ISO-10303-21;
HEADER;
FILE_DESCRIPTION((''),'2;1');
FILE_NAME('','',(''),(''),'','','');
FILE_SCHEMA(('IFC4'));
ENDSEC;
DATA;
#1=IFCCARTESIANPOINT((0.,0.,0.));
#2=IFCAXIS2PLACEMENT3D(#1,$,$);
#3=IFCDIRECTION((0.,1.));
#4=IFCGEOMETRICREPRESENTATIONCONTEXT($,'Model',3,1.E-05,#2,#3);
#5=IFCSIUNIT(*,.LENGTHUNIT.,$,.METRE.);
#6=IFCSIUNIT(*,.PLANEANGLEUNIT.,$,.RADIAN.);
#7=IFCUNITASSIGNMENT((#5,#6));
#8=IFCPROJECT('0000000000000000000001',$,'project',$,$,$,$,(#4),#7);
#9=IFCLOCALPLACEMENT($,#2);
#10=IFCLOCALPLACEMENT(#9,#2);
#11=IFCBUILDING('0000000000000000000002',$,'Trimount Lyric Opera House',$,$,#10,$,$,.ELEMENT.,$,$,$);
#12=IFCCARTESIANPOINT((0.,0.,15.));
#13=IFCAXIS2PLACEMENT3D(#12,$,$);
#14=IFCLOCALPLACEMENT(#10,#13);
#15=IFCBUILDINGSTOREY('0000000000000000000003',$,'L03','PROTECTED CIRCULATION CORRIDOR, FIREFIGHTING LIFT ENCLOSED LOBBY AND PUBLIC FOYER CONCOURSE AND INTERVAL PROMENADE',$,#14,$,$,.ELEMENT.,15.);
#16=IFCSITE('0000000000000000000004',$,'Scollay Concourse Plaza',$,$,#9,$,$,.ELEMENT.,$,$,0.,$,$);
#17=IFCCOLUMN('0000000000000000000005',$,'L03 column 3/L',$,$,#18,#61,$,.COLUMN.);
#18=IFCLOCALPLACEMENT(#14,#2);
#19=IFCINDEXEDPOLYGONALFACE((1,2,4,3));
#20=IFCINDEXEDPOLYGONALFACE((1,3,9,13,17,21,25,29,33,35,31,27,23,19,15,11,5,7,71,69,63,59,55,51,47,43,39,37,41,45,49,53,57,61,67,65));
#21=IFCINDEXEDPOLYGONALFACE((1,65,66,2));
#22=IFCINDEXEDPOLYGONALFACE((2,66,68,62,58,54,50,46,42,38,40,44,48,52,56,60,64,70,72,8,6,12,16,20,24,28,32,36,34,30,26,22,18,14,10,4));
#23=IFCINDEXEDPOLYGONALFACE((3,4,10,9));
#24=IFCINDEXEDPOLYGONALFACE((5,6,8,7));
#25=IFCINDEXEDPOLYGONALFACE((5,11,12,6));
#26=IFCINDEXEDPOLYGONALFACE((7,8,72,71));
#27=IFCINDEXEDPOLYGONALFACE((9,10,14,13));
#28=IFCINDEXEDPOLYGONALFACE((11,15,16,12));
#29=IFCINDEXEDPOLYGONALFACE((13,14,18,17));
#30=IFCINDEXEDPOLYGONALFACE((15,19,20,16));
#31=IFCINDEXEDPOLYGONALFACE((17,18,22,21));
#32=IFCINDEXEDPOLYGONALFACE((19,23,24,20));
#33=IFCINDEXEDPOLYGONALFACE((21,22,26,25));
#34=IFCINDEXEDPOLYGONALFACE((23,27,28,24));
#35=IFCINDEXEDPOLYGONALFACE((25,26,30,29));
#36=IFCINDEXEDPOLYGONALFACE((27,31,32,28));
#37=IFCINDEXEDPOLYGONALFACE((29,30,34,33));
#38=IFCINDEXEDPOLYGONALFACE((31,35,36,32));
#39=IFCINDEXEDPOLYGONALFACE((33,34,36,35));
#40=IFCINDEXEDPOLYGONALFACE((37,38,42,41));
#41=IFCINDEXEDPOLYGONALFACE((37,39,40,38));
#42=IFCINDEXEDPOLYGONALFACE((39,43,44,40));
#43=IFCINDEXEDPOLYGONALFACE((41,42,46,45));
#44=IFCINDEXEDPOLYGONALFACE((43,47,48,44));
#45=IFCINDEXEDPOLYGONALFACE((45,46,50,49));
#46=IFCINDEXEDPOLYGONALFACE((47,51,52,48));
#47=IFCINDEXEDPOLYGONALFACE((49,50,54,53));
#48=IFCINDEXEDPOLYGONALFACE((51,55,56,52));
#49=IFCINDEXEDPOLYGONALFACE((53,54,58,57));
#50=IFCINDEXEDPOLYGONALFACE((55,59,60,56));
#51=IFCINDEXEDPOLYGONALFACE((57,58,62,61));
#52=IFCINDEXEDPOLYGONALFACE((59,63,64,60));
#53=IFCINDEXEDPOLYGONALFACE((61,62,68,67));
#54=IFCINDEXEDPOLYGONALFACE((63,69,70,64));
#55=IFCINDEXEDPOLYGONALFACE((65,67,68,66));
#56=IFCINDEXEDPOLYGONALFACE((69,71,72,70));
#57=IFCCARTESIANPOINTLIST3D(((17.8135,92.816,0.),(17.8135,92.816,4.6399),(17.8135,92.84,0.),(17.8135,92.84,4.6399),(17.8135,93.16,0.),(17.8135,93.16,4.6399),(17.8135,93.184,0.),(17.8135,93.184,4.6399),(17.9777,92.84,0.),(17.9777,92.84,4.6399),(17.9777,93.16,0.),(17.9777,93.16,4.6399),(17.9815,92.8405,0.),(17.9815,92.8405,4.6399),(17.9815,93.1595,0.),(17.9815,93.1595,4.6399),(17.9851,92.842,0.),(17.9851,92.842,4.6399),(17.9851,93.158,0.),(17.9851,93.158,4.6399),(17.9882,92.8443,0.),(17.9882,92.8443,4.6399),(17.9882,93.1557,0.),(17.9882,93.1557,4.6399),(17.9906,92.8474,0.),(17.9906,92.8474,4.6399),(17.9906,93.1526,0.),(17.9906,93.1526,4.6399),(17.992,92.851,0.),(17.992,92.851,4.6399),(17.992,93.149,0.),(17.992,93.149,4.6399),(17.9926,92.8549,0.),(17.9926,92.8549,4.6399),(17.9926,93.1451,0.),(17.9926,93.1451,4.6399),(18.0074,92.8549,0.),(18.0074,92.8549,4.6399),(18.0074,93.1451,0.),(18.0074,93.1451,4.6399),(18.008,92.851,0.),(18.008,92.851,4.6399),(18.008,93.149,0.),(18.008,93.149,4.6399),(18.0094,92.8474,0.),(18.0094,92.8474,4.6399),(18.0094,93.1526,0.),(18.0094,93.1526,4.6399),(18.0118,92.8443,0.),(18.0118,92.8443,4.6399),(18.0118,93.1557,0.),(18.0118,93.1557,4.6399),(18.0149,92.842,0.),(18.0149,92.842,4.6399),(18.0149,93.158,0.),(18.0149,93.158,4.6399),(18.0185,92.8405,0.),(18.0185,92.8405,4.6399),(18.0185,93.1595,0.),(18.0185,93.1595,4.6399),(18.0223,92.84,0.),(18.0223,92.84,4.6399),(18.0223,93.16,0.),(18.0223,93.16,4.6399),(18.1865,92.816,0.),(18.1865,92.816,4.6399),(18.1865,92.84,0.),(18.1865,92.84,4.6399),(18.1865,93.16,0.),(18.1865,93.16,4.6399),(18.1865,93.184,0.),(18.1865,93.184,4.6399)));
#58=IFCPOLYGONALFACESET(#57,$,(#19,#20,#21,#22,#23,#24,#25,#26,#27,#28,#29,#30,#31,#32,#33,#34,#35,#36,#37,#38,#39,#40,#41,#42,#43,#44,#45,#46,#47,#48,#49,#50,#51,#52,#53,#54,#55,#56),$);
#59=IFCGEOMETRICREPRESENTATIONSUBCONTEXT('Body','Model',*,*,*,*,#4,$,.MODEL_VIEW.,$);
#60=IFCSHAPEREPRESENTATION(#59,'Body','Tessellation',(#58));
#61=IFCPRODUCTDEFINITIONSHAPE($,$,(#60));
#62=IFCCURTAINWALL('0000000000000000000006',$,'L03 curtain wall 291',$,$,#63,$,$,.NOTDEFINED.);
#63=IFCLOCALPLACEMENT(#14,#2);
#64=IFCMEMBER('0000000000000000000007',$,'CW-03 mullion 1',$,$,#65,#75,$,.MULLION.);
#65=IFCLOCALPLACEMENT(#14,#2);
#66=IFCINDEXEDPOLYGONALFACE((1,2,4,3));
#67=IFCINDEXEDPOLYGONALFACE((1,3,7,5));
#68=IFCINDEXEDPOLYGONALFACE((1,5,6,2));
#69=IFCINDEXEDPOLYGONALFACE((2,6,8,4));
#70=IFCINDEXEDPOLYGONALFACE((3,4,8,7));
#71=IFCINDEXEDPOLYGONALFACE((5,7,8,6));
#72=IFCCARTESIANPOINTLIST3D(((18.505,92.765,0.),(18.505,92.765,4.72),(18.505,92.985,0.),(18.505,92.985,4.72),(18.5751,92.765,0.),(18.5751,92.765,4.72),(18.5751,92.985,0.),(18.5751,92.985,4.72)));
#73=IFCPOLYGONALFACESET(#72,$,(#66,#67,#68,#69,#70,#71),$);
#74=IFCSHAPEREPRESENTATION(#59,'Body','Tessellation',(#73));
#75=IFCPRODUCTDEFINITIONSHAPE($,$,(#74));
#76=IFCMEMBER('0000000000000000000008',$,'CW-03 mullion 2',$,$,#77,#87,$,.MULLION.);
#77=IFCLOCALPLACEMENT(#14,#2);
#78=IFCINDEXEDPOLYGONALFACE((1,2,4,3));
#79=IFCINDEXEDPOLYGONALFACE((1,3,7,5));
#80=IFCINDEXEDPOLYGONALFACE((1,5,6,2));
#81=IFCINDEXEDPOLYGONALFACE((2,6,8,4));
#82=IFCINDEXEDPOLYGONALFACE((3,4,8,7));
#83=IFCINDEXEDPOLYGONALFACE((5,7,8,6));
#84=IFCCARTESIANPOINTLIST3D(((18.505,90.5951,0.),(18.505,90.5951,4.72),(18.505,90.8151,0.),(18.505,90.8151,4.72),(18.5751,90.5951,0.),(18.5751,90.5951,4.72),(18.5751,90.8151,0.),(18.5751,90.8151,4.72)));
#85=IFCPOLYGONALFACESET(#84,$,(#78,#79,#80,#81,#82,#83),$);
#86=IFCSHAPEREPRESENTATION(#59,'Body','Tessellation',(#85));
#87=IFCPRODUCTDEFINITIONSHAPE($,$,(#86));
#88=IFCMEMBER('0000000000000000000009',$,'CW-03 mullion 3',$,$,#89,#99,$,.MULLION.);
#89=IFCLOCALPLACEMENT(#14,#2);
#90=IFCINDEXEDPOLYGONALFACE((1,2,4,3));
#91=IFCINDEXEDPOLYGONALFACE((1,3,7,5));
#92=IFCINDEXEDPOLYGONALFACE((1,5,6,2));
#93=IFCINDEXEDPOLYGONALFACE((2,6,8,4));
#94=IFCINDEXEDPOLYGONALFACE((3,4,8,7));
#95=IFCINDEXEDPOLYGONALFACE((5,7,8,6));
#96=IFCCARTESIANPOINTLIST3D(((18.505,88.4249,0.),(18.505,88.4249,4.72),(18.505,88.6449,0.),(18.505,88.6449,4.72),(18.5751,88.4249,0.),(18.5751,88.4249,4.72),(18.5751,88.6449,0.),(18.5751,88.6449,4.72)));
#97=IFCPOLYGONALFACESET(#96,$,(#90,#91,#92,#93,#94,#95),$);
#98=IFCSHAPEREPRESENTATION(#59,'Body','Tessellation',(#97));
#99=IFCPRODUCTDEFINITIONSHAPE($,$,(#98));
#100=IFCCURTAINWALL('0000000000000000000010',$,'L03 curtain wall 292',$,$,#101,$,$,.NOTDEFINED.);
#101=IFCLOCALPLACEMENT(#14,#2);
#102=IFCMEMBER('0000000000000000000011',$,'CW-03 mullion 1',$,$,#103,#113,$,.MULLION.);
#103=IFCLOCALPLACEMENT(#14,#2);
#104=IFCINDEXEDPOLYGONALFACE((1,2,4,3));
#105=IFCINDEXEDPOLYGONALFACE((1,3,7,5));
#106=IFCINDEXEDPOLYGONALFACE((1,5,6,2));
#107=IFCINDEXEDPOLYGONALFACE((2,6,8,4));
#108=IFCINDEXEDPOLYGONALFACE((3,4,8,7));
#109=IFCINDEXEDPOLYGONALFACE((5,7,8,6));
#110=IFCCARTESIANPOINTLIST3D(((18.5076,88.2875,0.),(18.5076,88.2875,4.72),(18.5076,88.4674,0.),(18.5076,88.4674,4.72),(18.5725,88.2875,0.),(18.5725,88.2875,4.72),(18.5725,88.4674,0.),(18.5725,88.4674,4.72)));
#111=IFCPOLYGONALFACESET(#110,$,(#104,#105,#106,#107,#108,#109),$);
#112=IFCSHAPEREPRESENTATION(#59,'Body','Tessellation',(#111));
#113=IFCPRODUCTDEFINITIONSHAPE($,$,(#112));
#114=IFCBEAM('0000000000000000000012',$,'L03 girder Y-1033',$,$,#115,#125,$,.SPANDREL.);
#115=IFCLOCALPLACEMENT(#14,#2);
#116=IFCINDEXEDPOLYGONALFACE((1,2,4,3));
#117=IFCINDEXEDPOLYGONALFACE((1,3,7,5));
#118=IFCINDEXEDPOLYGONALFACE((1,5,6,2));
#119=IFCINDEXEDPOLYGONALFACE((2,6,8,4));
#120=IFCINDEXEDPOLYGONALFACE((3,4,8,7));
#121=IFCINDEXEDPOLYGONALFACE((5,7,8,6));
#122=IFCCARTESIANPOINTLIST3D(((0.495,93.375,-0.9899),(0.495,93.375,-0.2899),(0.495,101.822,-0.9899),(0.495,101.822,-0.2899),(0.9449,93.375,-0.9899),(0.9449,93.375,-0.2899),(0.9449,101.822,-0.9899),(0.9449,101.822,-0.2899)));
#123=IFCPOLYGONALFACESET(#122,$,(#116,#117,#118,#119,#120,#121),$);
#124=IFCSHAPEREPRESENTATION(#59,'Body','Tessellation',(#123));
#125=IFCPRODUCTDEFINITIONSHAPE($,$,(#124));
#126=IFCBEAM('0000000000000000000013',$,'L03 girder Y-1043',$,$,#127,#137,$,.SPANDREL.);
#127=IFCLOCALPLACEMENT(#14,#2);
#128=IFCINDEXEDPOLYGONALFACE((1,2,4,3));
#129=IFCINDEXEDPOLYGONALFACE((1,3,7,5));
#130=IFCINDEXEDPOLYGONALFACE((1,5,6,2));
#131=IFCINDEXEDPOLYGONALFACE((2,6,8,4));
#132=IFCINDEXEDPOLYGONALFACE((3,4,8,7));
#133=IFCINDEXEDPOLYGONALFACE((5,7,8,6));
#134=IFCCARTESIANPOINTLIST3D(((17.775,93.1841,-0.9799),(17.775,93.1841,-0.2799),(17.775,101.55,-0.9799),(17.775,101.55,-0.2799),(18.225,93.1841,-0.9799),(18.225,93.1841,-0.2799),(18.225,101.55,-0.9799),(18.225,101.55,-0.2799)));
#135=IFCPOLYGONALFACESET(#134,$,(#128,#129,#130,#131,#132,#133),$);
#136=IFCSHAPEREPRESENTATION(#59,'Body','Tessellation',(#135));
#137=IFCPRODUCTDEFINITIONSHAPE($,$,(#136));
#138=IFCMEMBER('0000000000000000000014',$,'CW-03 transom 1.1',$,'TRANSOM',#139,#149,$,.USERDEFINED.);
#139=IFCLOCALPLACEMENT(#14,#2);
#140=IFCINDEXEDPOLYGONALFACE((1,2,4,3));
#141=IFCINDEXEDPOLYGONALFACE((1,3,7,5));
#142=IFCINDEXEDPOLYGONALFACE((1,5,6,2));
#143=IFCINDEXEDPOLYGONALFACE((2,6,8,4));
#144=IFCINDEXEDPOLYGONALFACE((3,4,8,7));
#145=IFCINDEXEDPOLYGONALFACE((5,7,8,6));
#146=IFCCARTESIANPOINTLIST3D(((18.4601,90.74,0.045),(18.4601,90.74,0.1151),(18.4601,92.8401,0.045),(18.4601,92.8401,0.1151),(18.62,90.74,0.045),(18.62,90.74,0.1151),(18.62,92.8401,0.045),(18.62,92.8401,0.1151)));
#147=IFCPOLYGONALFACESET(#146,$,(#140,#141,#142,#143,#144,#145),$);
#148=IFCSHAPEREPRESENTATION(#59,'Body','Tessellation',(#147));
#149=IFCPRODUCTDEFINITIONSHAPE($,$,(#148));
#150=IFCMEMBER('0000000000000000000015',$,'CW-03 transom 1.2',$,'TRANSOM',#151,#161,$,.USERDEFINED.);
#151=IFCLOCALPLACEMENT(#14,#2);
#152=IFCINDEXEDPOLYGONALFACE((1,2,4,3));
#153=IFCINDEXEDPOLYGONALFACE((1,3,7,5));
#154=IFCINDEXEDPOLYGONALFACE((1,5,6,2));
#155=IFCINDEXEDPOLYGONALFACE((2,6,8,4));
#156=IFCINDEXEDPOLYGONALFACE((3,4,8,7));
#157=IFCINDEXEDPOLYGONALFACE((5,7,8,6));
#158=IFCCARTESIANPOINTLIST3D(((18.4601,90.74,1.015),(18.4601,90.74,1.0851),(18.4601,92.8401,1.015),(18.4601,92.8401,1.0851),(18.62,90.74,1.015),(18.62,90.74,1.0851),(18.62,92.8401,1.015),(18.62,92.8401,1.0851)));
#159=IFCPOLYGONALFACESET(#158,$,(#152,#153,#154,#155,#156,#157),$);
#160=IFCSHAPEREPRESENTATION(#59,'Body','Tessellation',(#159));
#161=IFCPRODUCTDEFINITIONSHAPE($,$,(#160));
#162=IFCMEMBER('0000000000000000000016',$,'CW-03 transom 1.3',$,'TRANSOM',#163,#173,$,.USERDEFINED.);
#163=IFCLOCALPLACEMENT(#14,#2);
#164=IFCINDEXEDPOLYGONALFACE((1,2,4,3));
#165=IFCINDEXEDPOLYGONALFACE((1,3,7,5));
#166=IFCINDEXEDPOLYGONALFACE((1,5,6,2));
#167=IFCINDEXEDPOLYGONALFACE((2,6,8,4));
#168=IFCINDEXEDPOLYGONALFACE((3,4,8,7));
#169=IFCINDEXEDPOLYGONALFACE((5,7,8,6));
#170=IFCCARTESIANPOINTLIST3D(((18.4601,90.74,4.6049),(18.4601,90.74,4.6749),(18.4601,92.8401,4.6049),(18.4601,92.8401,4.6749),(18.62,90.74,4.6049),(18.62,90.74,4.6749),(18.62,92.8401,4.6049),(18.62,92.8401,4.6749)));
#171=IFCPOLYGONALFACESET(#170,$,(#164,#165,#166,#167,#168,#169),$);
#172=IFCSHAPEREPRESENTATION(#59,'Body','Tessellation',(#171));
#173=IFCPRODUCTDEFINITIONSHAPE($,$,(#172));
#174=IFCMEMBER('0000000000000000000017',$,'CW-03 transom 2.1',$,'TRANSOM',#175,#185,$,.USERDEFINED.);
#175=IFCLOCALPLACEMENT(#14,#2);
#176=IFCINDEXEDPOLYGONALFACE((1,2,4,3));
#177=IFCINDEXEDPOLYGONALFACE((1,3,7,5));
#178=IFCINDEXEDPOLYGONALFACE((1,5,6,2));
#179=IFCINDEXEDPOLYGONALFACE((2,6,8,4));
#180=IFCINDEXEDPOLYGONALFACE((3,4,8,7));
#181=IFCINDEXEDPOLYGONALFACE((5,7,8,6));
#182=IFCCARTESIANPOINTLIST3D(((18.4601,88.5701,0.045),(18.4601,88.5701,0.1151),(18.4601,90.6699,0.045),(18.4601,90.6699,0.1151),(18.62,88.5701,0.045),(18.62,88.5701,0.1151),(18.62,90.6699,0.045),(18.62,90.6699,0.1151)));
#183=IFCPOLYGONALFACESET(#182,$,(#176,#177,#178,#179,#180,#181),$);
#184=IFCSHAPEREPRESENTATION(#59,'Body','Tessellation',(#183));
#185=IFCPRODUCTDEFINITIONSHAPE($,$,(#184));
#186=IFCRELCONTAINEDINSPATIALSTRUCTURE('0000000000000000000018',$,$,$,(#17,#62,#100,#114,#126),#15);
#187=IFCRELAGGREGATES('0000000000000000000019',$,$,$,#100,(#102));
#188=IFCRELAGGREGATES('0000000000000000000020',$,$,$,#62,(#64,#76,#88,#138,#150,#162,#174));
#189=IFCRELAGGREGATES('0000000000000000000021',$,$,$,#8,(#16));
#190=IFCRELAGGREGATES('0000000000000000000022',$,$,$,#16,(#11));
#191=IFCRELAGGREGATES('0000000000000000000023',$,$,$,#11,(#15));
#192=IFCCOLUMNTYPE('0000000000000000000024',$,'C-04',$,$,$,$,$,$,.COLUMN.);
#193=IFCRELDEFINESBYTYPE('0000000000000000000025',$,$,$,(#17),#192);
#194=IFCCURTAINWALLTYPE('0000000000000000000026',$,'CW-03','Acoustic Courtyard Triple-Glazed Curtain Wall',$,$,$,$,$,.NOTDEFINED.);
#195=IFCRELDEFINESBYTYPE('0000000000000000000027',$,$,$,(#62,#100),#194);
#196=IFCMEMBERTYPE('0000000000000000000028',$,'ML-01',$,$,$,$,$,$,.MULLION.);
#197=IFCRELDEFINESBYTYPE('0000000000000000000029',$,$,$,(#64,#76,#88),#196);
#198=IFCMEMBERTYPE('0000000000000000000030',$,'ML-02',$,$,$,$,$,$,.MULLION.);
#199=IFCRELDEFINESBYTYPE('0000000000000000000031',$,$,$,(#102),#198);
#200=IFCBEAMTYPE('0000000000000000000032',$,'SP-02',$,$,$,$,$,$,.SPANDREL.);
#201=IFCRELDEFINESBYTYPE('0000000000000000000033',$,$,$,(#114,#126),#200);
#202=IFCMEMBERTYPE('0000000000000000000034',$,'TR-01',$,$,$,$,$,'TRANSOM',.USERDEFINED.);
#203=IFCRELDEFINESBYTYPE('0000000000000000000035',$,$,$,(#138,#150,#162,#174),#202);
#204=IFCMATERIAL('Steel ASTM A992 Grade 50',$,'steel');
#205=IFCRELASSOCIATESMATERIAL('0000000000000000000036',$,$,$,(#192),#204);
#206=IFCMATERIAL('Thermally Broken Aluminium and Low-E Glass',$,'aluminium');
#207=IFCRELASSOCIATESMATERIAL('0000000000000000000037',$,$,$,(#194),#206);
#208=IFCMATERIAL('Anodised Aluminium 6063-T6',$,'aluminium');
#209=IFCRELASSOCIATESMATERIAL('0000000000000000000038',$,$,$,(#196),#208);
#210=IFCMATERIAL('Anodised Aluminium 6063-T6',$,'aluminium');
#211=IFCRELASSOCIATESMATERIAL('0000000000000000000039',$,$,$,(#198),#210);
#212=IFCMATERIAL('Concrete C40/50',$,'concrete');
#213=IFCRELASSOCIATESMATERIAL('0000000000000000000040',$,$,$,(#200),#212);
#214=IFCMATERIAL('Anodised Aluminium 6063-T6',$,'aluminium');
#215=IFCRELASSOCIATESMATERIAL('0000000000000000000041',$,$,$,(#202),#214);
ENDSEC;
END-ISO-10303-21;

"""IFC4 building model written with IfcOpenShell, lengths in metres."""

from ifc_helpers import new_model, si_unit, direction, frame, origin, origin_2d, place, context, subcontext, project, spatial, rectangle, i_section, extrude, material, material_profile, profile_set, type_object, element, aggregate, save


model = new_model("IFC4")

# Units and contexts
model_context = context("Model", 3, precision=1e-05, world=origin(), true_north=direction((0.0, 1.0)))
body_context = subcontext(model_context, "Body", "Model", "MODEL_VIEW")
ifc_project = project(units=[si_unit("LENGTHUNIT", "METRE"), si_unit("PLANEANGLEUNIT", "RADIAN")], contexts=[model_context])

# Site, building, storey
site_placement = place(None, origin())
site = spatial("IfcSite", under=ifc_project, at=site_placement, Name="Scollay Concourse Plaza", CompositionType="ELEMENT", RefElevation=0.0)
building_placement = place(site_placement, origin())
building = spatial("IfcBuilding", under=site, at=building_placement, Name="Trimount Lyric Opera House", CompositionType="ELEMENT")
storey_placement = place(building_placement, frame((0.0, 0.0, 15.0)))
storey = spatial("IfcBuildingStorey", under=building, at=storey_placement, Name="L03", Description="PROTECTED CIRCULATION CORRIDOR, FIREFIGHTING LIFT ENCLOSED LOBBY AND PUBLIC FOYER CONCOURSE AND INTERVAL PROMENADE", CompositionType="ELEMENT", Elevation=15.0)

# Column
ifc_material_1 = material(Name="Steel ASTM A992 Grade 50", Category="steel")
ifc_material_profile_1 = material_profile(ifc_material_1, i_section(OverallWidth=0.373, OverallDepth=0.3679, WebThickness=0.0149, FlangeThickness=0.0239, FilletRadius=0.0149, at=origin_2d()), Name="W14X120")
ifc_profile_set_1 = profile_set([ifc_material_profile_1], Name="Steel ASTM A992 Grade 50")
column_type = type_object("IfcColumnType", Name="C-04", PredefinedType="COLUMN", material=ifc_profile_set_1)
column_placement = place(storey_placement, frame((18.0, 93.0, 0.0), z_axis=(0.0, 0.0, 1.0), x_axis=(1.0, 0.0, 0.0)))
element("IfcColumn", 1, at=column_placement, inside=storey, type_object=column_type, Name="L03 column 3/L", PredefinedType="COLUMN", context=body_context, shape_type="SweptSolid", body=[
    extrude(i_section(OverallWidth=0.373, OverallDepth=0.3679, WebThickness=0.0149, FlangeThickness=0.0239, FilletRadius=0.0149, at=origin_2d()), origin(), (0.0, 0.0, 1.0), 4.6399),
])

# Curtain wall, members
ifc_material_2 = material(Name="Thermally Broken Aluminium and Low-E Glass", Category="aluminium")
curtain_wall_type = type_object("IfcCurtainWallType", Name="CW-03", Description="Acoustic Courtyard Triple-Glazed Curtain Wall", PredefinedType="NOTDEFINED", material=ifc_material_2)
curtain_wall_1_placement = place(storey_placement, origin())
curtain_wall_1 = element("IfcCurtainWall", 2, at=curtain_wall_1_placement, inside=storey, type_object=curtain_wall_type, Name="L03 curtain wall 291", PredefinedType="NOTDEFINED")
ifc_material_3 = material(Name="Anodised Aluminium 6063-T6", Category="aluminium")
ifc_material_profile_2 = material_profile(ifc_material_3, rectangle(XDim=0.0701, YDim=0.22, at=origin_2d()), Name="ALU-MULL-70X220")
ifc_profile_set_2 = profile_set([ifc_material_profile_2], Name="Anodised Aluminium 6063-T6")
member_type_1 = type_object("IfcMemberType", Name="ML-01", PredefinedType="MULLION", material=ifc_profile_set_2)
member_1_placement = place(storey_placement, frame((18.54, 92.875, 0.0), z_axis=(0.0, 0.0, 1.0), x_axis=(1.0, 0.0, 0.0)))
member_1 = element("IfcMember", 3, at=member_1_placement, type_object=member_type_1, Name="CW-03 mullion 1", PredefinedType="MULLION", context=body_context, shape_type="SweptSolid", body=[
    extrude(rectangle(XDim=0.0701, YDim=0.22, at=origin_2d()), origin(), (0.0, 0.0, 1.0), 4.72),
])
member_2_placement = place(storey_placement, frame((18.54, 90.7051, 0.0), z_axis=(0.0, 0.0, 1.0), x_axis=(1.0, 0.0, 0.0)))
member_2 = element("IfcMember", 4, at=member_2_placement, type_object=member_type_1, Name="CW-03 mullion 2", PredefinedType="MULLION", context=body_context, shape_type="SweptSolid", body=[
    extrude(rectangle(XDim=0.0701, YDim=0.22, at=origin_2d()), origin(), (0.0, 0.0, 1.0), 4.72),
])
member_3_placement = place(storey_placement, frame((18.54, 88.5349, 0.0), z_axis=(0.0, 0.0, 1.0), x_axis=(1.0, 0.0, 0.0)))
member_3 = element("IfcMember", 5, at=member_3_placement, type_object=member_type_1, Name="CW-03 mullion 3", PredefinedType="MULLION", context=body_context, shape_type="SweptSolid", body=[
    extrude(rectangle(XDim=0.0701, YDim=0.22, at=origin_2d()), origin(), (0.0, 0.0, 1.0), 4.72),
])

# Curtain wall, member
curtain_wall_2_placement = place(storey_placement, origin())
curtain_wall_2 = element("IfcCurtainWall", 6, at=curtain_wall_2_placement, inside=storey, type_object=curtain_wall_type, Name="L03 curtain wall 292", PredefinedType="NOTDEFINED")
ifc_material_4 = material(Name="Anodised Aluminium 6063-T6", Category="aluminium")
ifc_material_profile_3 = material_profile(ifc_material_4, rectangle(XDim=0.0649, YDim=0.1799, at=origin_2d()), Name="ALU-MULL-65X180")
ifc_profile_set_3 = profile_set([ifc_material_profile_3], Name="Anodised Aluminium 6063-T6")
member_type_2 = type_object("IfcMemberType", Name="ML-02", PredefinedType="MULLION", material=ifc_profile_set_3)
member_4_placement = place(storey_placement, frame((18.54, 88.3774, 0.0), z_axis=(0.0, 0.0, 1.0), x_axis=(1.0, 0.0, 0.0)))
member_4 = element("IfcMember", 7, at=member_4_placement, type_object=member_type_2, Name="CW-03 mullion 1", PredefinedType="MULLION", context=body_context, shape_type="SweptSolid", body=[
    extrude(rectangle(XDim=0.0649, YDim=0.1799, at=origin_2d()), origin(), (0.0, 0.0, 1.0), 4.72),
])

# Beams
ifc_material_5 = material(Name="Concrete C40/50", Category="concrete")
ifc_material_profile_4 = material_profile(ifc_material_5, rectangle(XDim=0.45, YDim=0.7, at=origin_2d()), Name="RC450X700")
ifc_profile_set_4 = profile_set([ifc_material_profile_4], Name="Concrete C40/50")
beam_type = type_object("IfcBeamType", Name="SP-02", PredefinedType="SPANDREL", material=ifc_profile_set_4)
beam_1_placement = place(storey_placement, frame((0.72, 93.375, -0.6399), z_axis=(0.0, 1.0, 0.0), x_axis=(-1.0, 0.0, 0.0)))
element("IfcBeam", 8, at=beam_1_placement, inside=storey, type_object=beam_type, Name="L03 girder Y-1033", PredefinedType="SPANDREL", context=body_context, shape_type="SweptSolid", body=[
    extrude(rectangle(XDim=0.45, YDim=0.7, at=origin_2d()), origin(), (0.0, 0.0, 1.0), 8.447),
])
beam_2_placement = place(storey_placement, frame((18.0, 93.1841, -0.6299), z_axis=(0.0, 1.0, 0.0), x_axis=(-1.0, 0.0, 0.0)))
element("IfcBeam", 9, at=beam_2_placement, inside=storey, type_object=beam_type, Name="L03 girder Y-1043", PredefinedType="SPANDREL", context=body_context, shape_type="SweptSolid", body=[
    extrude(rectangle(XDim=0.45, YDim=0.7, at=origin_2d()), origin(), (0.0, 0.0, 1.0), 8.366),
])

# Members
ifc_material_6 = material(Name="Anodised Aluminium 6063-T6", Category="aluminium")
ifc_material_profile_5 = material_profile(ifc_material_6, rectangle(XDim=0.1599, YDim=0.0701, at=origin_2d()), Name="ALU-TRAN-70X160")
ifc_profile_set_5 = profile_set([ifc_material_profile_5], Name="Anodised Aluminium 6063-T6")
member_type_3 = type_object("IfcMemberType", Name="TR-01", ElementType="TRANSOM", PredefinedType="USERDEFINED", material=ifc_profile_set_5)
member_5_placement = place(storey_placement, frame((18.54, 92.8401, 0.0801), z_axis=(0.0, -1.0, 0.0), x_axis=(1.0, 0.0, 0.0)))
member_5 = element("IfcMember", 10, at=member_5_placement, type_object=member_type_3, Name="CW-03 transom 1.1", ObjectType="TRANSOM", PredefinedType="USERDEFINED", context=body_context, shape_type="SweptSolid", body=[
    extrude(rectangle(XDim=0.1599, YDim=0.0701, at=origin_2d()), origin(), (0.0, 0.0, 1.0), 2.1001),
])
member_6_placement = place(storey_placement, frame((18.54, 92.8401, 1.05), z_axis=(0.0, -1.0, 0.0), x_axis=(1.0, 0.0, 0.0)))
member_6 = element("IfcMember", 11, at=member_6_placement, type_object=member_type_3, Name="CW-03 transom 1.2", ObjectType="TRANSOM", PredefinedType="USERDEFINED", context=body_context, shape_type="SweptSolid", body=[
    extrude(rectangle(XDim=0.1599, YDim=0.0701, at=origin_2d()), origin(), (0.0, 0.0, 1.0), 2.1001),
])
member_7_placement = place(storey_placement, frame((18.54, 92.8401, 4.6399), z_axis=(0.0, -1.0, 0.0), x_axis=(1.0, 0.0, 0.0)))
member_7 = element("IfcMember", 12, at=member_7_placement, type_object=member_type_3, Name="CW-03 transom 1.3", ObjectType="TRANSOM", PredefinedType="USERDEFINED", context=body_context, shape_type="SweptSolid", body=[
    extrude(rectangle(XDim=0.1599, YDim=0.0701, at=origin_2d()), origin(), (0.0, 0.0, 1.0), 2.1001),
])
member_8_placement = place(storey_placement, frame((18.54, 90.6699, 0.0801), z_axis=(0.0, -1.0, 0.0), x_axis=(1.0, 0.0, 0.0)))
member_8 = element("IfcMember", 13, at=member_8_placement, type_object=member_type_3, Name="CW-03 transom 2.1", ObjectType="TRANSOM", PredefinedType="USERDEFINED", context=body_context, shape_type="SweptSolid", body=[
    extrude(rectangle(XDim=0.1599, YDim=0.0701, at=origin_2d()), origin(), (0.0, 0.0, 1.0), 2.0999),
])
aggregate(curtain_wall_2, [member_4])

aggregate(curtain_wall_1, [member_1, member_2, member_3, member_5, member_6, member_7, member_8])

save(model, "model.ifc")
